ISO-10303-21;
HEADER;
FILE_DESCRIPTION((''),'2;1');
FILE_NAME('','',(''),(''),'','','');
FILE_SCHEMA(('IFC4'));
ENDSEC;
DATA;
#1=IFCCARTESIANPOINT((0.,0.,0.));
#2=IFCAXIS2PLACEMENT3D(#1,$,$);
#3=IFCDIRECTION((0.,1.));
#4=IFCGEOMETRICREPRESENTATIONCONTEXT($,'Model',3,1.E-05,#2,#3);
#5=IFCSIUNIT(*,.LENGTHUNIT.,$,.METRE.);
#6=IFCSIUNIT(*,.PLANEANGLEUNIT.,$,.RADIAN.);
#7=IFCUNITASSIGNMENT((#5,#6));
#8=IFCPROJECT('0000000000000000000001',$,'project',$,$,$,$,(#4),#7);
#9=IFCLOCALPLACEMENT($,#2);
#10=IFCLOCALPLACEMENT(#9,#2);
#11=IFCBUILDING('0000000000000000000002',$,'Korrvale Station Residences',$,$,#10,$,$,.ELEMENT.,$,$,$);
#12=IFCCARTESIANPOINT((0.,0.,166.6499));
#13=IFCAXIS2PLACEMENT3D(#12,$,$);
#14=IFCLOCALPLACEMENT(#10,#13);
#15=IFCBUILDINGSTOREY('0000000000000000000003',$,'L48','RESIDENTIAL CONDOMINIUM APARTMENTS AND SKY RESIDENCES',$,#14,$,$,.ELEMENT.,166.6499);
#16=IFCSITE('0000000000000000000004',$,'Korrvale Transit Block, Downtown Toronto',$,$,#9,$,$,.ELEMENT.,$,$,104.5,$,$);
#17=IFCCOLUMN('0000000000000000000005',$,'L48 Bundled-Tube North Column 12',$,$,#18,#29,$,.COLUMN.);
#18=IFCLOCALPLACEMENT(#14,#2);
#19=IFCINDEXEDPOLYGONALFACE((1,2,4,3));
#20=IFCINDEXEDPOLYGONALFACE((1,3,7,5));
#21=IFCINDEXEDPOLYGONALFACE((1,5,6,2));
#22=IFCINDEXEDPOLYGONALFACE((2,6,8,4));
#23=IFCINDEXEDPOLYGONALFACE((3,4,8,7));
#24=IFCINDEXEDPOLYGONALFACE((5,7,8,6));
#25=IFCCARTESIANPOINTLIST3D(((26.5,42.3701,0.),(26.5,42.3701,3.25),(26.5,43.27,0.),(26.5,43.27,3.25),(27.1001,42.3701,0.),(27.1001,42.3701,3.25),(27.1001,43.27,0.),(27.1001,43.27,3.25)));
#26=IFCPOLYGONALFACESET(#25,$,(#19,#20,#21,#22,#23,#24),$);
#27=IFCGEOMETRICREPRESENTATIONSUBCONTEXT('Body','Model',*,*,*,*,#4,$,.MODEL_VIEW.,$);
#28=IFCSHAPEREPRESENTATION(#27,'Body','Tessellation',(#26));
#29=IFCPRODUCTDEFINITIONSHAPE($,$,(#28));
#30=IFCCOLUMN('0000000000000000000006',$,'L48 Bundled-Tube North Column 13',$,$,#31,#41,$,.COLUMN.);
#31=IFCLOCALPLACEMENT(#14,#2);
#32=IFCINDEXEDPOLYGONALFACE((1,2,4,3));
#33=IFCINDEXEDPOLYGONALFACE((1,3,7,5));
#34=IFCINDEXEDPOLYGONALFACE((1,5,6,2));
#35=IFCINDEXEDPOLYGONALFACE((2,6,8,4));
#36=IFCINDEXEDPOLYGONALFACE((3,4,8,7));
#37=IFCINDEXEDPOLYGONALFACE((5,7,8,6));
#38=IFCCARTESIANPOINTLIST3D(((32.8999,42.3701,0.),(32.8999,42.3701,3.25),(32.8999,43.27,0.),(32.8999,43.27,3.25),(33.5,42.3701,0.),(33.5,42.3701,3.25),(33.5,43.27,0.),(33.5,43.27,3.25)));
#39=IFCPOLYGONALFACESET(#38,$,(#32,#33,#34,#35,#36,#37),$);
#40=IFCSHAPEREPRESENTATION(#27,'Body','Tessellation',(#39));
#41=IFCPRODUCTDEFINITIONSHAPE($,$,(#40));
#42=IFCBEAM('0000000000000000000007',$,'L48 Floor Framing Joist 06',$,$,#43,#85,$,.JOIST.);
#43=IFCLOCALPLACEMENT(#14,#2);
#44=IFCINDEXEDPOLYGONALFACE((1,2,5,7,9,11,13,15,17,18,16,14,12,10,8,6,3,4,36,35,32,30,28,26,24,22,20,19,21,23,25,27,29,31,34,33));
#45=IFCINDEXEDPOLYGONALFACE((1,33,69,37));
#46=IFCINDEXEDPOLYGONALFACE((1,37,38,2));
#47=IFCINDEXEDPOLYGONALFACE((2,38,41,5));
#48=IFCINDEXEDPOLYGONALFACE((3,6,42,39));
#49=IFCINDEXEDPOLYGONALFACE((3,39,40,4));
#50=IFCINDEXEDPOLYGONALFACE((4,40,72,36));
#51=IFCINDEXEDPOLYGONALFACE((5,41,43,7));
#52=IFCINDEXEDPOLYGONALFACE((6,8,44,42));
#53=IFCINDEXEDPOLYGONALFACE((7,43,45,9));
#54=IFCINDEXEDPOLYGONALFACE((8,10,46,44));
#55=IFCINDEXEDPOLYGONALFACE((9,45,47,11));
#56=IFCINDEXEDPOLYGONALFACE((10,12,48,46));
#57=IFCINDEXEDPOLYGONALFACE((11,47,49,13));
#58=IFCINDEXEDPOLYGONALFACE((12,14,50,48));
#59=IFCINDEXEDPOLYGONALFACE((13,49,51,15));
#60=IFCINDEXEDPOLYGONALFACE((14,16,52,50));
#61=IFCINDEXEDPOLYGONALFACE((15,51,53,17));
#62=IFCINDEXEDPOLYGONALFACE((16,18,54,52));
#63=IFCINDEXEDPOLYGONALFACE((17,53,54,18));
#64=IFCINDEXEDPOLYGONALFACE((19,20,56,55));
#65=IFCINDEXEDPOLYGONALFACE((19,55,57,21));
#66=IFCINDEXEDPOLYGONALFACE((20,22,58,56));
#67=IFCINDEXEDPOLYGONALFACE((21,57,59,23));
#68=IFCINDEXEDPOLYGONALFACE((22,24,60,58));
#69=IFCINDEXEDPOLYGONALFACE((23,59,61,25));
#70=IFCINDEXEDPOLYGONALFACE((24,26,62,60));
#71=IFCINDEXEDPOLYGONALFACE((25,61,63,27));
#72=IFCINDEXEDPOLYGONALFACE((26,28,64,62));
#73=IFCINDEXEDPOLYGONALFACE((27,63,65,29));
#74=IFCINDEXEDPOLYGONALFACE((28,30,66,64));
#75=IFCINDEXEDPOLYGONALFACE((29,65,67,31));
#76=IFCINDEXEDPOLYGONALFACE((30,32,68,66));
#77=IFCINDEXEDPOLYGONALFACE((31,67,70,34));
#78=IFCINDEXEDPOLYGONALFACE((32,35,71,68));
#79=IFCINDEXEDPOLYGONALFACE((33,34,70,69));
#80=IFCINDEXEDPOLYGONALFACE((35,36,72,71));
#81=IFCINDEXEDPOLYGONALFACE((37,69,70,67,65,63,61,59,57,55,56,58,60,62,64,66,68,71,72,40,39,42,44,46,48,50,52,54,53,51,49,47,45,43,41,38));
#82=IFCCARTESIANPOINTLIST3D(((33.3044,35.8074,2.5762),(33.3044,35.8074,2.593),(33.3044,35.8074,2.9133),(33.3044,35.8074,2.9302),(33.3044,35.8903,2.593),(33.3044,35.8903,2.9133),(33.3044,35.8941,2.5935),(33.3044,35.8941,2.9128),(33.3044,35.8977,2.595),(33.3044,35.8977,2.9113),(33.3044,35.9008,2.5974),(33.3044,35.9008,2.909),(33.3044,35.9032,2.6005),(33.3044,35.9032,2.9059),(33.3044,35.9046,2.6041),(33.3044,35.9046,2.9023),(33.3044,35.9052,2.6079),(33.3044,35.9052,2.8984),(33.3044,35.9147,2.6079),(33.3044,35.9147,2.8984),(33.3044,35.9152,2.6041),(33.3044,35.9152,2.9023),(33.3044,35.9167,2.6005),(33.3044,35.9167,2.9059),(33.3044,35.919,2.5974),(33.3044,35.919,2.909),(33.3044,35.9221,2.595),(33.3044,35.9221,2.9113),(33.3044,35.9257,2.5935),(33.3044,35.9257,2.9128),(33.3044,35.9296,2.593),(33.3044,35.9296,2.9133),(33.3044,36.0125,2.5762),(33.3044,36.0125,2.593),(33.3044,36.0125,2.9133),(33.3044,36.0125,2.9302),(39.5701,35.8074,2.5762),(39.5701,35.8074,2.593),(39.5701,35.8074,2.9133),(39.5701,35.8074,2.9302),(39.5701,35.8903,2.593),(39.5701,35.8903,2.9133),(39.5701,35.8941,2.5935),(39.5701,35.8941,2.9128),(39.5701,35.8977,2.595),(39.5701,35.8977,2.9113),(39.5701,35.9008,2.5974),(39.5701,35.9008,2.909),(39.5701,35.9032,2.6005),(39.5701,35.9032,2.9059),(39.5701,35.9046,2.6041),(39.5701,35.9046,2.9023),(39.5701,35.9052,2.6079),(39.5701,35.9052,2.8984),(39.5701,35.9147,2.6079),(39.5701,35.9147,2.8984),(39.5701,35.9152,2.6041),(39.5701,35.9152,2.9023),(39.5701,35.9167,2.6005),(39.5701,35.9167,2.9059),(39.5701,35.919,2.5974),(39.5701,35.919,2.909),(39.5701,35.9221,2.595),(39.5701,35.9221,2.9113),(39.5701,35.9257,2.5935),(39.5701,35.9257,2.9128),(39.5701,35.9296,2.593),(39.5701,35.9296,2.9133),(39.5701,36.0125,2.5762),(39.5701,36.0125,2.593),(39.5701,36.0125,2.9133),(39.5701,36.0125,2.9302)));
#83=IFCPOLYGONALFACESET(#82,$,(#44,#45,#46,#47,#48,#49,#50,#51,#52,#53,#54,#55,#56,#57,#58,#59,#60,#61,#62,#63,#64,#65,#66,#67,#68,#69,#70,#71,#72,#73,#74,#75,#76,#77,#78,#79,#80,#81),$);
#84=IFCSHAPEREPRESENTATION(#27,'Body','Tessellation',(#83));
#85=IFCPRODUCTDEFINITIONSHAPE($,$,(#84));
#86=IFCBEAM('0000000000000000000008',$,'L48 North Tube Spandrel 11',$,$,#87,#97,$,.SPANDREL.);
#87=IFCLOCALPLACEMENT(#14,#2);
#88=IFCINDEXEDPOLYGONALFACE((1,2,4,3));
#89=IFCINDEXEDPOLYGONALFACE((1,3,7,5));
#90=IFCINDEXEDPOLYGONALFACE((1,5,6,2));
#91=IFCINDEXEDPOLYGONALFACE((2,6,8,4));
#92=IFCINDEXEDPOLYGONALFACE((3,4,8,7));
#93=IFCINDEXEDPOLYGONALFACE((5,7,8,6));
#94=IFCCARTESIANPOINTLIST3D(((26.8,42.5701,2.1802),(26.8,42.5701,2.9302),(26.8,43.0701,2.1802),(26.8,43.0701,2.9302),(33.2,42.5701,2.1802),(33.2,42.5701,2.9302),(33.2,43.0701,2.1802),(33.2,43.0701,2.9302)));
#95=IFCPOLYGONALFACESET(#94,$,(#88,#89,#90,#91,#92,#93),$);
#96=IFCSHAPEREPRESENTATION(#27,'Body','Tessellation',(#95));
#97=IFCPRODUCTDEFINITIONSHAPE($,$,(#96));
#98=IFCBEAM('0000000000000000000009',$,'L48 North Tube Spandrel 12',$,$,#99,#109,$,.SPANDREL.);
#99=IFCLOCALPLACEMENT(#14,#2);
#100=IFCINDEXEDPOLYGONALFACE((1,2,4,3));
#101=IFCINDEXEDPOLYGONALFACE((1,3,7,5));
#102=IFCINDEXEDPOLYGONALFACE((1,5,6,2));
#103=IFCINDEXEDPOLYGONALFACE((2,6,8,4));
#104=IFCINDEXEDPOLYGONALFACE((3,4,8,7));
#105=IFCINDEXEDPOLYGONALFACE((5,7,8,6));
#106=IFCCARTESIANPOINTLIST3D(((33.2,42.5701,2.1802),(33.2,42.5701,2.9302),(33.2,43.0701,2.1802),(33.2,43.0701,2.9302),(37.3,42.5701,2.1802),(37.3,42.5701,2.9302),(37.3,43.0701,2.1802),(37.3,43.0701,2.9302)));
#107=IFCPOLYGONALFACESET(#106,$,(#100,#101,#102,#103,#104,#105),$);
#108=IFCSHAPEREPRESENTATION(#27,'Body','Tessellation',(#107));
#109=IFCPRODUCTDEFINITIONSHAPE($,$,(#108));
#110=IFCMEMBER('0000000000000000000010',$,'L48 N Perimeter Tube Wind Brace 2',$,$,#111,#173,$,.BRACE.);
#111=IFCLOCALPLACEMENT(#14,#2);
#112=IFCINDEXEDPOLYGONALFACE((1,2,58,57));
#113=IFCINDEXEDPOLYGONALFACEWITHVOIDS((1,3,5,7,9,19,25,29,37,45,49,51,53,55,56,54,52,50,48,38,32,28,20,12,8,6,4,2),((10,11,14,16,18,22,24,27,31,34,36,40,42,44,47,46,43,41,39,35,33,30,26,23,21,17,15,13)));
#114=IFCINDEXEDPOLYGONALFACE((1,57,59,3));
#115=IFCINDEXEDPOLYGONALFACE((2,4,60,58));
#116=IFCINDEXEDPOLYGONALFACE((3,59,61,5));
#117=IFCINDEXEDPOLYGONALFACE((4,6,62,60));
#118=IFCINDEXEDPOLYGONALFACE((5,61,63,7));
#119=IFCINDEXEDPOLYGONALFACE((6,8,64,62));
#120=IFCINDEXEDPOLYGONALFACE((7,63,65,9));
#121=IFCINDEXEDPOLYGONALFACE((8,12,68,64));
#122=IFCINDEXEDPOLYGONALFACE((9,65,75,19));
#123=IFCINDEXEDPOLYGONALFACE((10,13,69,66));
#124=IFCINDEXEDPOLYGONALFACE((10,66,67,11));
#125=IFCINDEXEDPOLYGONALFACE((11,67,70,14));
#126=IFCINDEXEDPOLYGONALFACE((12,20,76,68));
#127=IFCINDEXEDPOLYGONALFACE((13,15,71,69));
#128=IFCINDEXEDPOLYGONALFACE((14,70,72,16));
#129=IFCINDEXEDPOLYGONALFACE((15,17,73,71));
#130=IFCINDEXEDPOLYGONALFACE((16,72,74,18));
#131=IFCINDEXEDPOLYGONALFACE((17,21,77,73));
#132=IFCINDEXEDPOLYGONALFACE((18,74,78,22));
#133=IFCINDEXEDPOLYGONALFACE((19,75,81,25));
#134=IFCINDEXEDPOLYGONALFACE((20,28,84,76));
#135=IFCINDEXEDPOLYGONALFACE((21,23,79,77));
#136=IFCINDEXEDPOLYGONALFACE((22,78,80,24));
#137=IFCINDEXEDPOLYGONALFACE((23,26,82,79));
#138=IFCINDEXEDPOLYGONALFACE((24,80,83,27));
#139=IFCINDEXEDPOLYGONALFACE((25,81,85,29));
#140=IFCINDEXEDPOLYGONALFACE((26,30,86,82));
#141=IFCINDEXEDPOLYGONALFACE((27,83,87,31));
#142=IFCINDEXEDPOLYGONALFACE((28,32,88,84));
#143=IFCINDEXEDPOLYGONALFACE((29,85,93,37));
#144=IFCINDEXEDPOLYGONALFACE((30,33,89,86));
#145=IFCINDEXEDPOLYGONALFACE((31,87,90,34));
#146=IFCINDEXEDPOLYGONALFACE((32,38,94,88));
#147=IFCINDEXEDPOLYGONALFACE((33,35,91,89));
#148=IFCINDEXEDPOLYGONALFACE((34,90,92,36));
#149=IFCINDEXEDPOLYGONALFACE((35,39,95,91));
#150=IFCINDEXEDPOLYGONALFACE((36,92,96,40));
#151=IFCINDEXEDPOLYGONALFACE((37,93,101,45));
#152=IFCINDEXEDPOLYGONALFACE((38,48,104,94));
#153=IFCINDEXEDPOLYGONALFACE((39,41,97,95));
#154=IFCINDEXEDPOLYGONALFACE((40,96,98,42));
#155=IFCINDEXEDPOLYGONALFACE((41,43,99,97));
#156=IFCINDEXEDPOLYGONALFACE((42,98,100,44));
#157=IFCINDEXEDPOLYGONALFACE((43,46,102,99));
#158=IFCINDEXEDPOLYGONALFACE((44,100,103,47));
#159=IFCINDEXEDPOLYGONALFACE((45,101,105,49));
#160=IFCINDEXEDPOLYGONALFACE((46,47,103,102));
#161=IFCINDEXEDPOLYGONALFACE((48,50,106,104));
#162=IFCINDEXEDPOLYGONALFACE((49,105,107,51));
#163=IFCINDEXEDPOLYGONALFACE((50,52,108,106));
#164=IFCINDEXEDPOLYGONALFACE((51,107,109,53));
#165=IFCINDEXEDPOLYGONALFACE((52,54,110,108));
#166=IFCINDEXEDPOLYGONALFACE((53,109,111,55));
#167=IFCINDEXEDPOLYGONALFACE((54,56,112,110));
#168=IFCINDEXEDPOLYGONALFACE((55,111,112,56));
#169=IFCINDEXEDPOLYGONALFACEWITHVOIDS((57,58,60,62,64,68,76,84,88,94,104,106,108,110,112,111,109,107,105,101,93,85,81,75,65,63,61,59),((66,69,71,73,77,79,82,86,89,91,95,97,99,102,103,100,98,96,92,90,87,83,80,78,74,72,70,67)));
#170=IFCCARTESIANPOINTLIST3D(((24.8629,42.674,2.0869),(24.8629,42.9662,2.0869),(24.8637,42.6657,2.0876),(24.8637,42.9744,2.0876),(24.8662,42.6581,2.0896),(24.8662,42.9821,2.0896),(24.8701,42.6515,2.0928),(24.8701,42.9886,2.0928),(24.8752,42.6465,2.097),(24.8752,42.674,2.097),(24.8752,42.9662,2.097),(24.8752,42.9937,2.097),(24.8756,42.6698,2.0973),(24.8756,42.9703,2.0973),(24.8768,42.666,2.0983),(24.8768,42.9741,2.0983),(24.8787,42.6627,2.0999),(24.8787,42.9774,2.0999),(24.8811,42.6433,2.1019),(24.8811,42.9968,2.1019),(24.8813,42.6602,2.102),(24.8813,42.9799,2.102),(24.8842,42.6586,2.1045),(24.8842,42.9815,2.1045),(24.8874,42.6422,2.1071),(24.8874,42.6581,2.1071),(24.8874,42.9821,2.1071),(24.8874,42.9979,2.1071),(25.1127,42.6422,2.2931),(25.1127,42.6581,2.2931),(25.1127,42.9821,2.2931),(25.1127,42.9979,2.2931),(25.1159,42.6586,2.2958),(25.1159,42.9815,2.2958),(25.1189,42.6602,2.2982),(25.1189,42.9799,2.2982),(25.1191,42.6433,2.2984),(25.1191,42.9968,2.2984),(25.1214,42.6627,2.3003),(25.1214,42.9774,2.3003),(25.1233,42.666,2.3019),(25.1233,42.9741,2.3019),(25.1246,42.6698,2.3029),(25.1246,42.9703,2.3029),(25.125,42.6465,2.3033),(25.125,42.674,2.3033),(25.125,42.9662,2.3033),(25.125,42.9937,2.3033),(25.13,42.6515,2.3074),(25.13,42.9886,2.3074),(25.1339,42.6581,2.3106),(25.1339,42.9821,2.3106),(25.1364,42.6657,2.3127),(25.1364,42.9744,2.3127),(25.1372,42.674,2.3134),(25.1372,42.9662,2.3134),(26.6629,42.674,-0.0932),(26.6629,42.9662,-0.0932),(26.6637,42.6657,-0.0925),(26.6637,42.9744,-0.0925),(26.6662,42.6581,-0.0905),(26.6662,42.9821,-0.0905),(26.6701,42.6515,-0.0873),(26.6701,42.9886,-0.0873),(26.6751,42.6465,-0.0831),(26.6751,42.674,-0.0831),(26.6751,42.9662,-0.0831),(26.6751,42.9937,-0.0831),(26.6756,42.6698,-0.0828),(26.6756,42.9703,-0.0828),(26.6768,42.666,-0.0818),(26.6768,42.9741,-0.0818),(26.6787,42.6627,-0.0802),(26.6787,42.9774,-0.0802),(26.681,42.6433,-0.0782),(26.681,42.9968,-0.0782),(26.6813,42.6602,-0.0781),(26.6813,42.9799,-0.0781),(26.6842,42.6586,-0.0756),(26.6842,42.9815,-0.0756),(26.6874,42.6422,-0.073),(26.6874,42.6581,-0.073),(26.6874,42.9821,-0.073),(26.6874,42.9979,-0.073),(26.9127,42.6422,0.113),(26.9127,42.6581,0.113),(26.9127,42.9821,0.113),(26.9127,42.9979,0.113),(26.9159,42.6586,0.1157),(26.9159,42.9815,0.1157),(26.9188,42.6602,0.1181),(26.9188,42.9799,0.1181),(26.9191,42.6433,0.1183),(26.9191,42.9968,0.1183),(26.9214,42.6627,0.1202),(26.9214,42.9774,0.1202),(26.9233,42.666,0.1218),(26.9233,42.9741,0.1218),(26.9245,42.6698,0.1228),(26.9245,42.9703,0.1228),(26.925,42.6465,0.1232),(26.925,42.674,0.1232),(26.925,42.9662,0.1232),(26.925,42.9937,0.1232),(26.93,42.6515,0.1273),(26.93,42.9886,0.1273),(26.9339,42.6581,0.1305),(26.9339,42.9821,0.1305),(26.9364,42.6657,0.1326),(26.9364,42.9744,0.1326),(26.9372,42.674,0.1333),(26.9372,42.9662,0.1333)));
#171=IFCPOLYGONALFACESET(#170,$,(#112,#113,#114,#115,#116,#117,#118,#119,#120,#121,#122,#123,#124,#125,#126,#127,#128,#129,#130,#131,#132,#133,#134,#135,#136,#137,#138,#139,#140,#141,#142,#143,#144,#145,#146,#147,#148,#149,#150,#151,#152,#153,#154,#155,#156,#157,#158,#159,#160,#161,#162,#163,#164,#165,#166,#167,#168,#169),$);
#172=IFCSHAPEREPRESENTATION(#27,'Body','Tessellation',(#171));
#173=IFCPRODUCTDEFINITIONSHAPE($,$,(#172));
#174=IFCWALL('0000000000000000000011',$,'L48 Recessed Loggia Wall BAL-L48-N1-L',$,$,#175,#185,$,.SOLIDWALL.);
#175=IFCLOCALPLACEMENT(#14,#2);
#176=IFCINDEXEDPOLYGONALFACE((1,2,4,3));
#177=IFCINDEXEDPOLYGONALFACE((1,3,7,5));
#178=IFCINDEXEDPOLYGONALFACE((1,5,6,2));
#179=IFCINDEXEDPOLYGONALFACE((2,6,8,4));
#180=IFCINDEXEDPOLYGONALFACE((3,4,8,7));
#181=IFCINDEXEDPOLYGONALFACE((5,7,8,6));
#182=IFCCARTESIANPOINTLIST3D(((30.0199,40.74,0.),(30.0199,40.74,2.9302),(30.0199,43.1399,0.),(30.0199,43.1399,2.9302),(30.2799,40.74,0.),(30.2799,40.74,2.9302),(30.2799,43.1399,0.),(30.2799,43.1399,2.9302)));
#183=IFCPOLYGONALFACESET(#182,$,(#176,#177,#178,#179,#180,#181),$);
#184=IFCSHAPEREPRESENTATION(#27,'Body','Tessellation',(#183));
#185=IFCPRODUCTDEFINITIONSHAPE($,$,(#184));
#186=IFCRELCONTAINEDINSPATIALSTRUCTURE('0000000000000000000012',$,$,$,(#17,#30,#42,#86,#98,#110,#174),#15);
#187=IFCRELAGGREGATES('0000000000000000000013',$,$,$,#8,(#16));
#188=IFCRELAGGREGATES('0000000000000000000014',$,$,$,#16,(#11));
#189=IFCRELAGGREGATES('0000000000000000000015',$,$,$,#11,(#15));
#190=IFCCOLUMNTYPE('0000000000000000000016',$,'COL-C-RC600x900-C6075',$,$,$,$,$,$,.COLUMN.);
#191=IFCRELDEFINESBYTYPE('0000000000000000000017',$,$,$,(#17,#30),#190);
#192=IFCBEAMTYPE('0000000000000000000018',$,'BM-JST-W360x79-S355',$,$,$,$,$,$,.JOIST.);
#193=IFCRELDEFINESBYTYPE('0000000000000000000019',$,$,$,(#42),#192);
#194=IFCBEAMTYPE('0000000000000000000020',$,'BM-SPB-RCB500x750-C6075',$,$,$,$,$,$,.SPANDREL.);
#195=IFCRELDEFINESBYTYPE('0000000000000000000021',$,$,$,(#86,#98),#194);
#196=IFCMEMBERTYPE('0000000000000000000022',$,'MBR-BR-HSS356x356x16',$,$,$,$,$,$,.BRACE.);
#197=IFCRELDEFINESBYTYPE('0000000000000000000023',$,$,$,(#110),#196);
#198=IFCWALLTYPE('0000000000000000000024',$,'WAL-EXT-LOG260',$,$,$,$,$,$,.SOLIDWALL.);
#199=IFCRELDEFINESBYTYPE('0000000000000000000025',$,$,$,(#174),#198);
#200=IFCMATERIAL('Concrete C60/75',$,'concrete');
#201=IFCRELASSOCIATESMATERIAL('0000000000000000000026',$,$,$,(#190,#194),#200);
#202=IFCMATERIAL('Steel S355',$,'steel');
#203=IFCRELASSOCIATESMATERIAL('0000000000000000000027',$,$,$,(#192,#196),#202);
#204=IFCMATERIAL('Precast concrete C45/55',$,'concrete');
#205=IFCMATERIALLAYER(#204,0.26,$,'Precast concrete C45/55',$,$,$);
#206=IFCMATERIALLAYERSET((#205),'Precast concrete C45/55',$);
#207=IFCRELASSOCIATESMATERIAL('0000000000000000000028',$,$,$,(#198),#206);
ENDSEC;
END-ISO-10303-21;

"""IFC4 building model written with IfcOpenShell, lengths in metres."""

from ifc_helpers import new_model, si_unit, direction, frame, frame_2d, origin, origin_2d, place, context, subcontext, project, spatial, rectangle, hollow_rectangle, i_section, extrude, material, layer, layer_set, material_profile, profile_set, type_object, element, save


model = new_model("IFC4")

# Units and contexts
model_context = context("Model", 3, precision=1e-05, world=origin(), true_north=direction((0.0, 1.0)))
body_context = subcontext(model_context, "Body", "Model", "MODEL_VIEW")
ifc_project = project(units=[si_unit("LENGTHUNIT", "METRE"), si_unit("PLANEANGLEUNIT", "RADIAN")], contexts=[model_context])

# Site, building, storey
site_placement = place(None, origin())
site = spatial("IfcSite", under=ifc_project, at=site_placement, Name="Korrvale Transit Block, Downtown Toronto", CompositionType="ELEMENT", RefElevation=104.5)
building_placement = place(site_placement, origin())
building = spatial("IfcBuilding", under=site, at=building_placement, Name="Korrvale Station Residences", CompositionType="ELEMENT")
storey_placement = place(building_placement, frame((0.0, 0.0, 166.6499)))
storey = spatial("IfcBuildingStorey", under=building, at=storey_placement, Name="L48", Description="RESIDENTIAL CONDOMINIUM APARTMENTS AND SKY RESIDENCES", CompositionType="ELEMENT", Elevation=166.6499)

# Columns
ifc_material_1 = material(Name="Concrete C60/75", Category="concrete")
ifc_material_profile_1 = material_profile(ifc_material_1, rectangle(XDim=0.6001, YDim=0.8999, at=origin_2d()), Name="RC600x900")
ifc_profile_set_1 = profile_set([ifc_material_profile_1], Name="Concrete C60/75")
column_type = type_object("IfcColumnType", Name="COL-C-RC600x900-C6075", PredefinedType="COLUMN", material=ifc_profile_set_1)
for number, where, z_axis, x_axis, name in (
    (1, (26.8, 42.8201, 0.0), (0.0, 0.0, 1.0), (1.0, 0.0, 0.0), "L48 Bundled-Tube North Column 12"),
    (2, (33.2, 42.8201, 0.0), (0.0, 0.0, 1.0), (1.0, 0.0, 0.0), "L48 Bundled-Tube North Column 13"),
):
    element("IfcColumn", number, at=place(storey_placement, frame(where, z_axis=z_axis, x_axis=x_axis)), inside=storey, type_object=column_type, Name=name, PredefinedType="COLUMN", context=body_context, shape_type="SweptSolid", body=[
        extrude(rectangle(XDim=0.6001, YDim=0.8999, at=origin_2d()), origin(), (0.0, 0.0, 1.0), 3.25),
    ])

# Beams
ifc_material_2 = material(Name="Steel S355", Category="steel")
ifc_material_profile_2 = material_profile(ifc_material_2, i_section(OverallWidth=0.2051, OverallDepth=0.354, WebThickness=0.0095, FlangeThickness=0.0168, FilletRadius=0.0149, at=origin_2d()), Name="W360x79")
ifc_profile_set_2 = profile_set([ifc_material_profile_2], Name="Steel S355")
beam_type_1 = type_object("IfcBeamType", Name="BM-JST-W360x79-S355", PredefinedType="JOIST", material=ifc_profile_set_2)
beam_1_placement = place(storey_placement, frame((33.3044, 35.9099, 2.7532), z_axis=(1.0, 0.0, 0.0), x_axis=(0.0, 1.0, 0.0)))
element("IfcBeam", 3, at=beam_1_placement, inside=storey, type_object=beam_type_1, Name="L48 Floor Framing Joist 06", PredefinedType="JOIST", context=body_context, shape_type="SweptSolid", body=[
    extrude(i_section(OverallWidth=0.2051, OverallDepth=0.354, WebThickness=0.0095, FlangeThickness=0.0168, FilletRadius=0.0149, at=origin_2d()), origin(), (0.0, 0.0, 1.0), 6.2656),
])
ifc_material_profile_3 = material_profile(ifc_material_1, rectangle(XDim=0.5, YDim=0.75, at=origin_2d()), Name="RCB500x750")
ifc_profile_set_3 = profile_set([ifc_material_profile_3], Name="Concrete C60/75")
beam_type_2 = type_object("IfcBeamType", Name="BM-SPB-RCB500x750-C6075", PredefinedType="SPANDREL", material=ifc_profile_set_3)
beam_2_placement = place(storey_placement, frame((26.8, 42.8201, 2.5552), z_axis=(1.0, 0.0, 0.0), x_axis=(0.0, 1.0, 0.0)))
element("IfcBeam", 4, at=beam_2_placement, inside=storey, type_object=beam_type_2, Name="L48 North Tube Spandrel 11", PredefinedType="SPANDREL", context=body_context, shape_type="SweptSolid", body=[
    extrude(rectangle(XDim=0.5, YDim=0.75, at=origin_2d()), origin(), (0.0, 0.0, 1.0), 6.3999),
])
beam_3_placement = place(storey_placement, frame((33.2, 42.8201, 2.5552), z_axis=(1.0, 0.0, 0.0), x_axis=(0.0, 1.0, 0.0)))
element("IfcBeam", 5, at=beam_3_placement, inside=storey, type_object=beam_type_2, Name="L48 North Tube Spandrel 12", PredefinedType="SPANDREL", context=body_context, shape_type="SweptSolid", body=[
    extrude(rectangle(XDim=0.5, YDim=0.75, at=origin_2d()), origin(), (0.0, 0.0, 1.0), 4.1001),
])

# Member
ifc_material_profile_4 = material_profile(ifc_material_2, hollow_rectangle(XDim=0.3557, YDim=0.3557, WallThickness=0.0159, InnerFilletRadius=0.0159, OuterFilletRadius=0.0317, at=origin_2d()), Name="HSS356x356x16")
ifc_profile_set_4 = profile_set([ifc_material_profile_4], Name="Steel S355")
member_type = type_object("IfcMemberType", Name="MBR-BR-HSS356x356x16", PredefinedType="BRACE", material=ifc_profile_set_4)
member_placement = place(storey_placement, frame((26.8, 42.8201, 0.02), z_axis=(-0.636678, 0.0, 0.771129), x_axis=(0.0, -1.0, 0.0)))
element("IfcMember", 6, at=member_placement, inside=storey, type_object=member_type, Name="L48 N Perimeter Tube Wind Brace 2", PredefinedType="BRACE", context=body_context, shape_type="SweptSolid", body=[
    extrude(hollow_rectangle(XDim=0.3557, YDim=0.3557, WallThickness=0.0159, InnerFilletRadius=0.0159, OuterFilletRadius=0.0317, at=origin_2d()), origin(), (0.0, 0.0, 1.0), 2.8271),
])

# Wall
ifc_material_3 = material(Name="Precast concrete C45/55", Category="concrete")
ifc_layer_1 = layer(ifc_material_3, 0.26, Name="Precast concrete C45/55")
ifc_layer_set_1 = layer_set([ifc_layer_1], Name="Precast concrete C45/55")
wall_type_1 = type_object("IfcWallType", Name="WAL-EXT-LOG260", PredefinedType="SOLIDWALL", material=ifc_layer_set_1)
wall_1_placement = place(storey_placement, frame((30.1499, 43.1399, 0.0), z_axis=(0.0, 0.0, 1.0), x_axis=(0.0, -1.0, 0.0)))
element("IfcWall", 7, at=wall_1_placement, inside=storey, type_object=wall_type_1, Name="L48 Recessed Loggia Wall BAL-L48-N1-L", PredefinedType="SOLIDWALL", context=body_context, shape_type="SweptSolid", body=[
    extrude(rectangle(XDim=2.3999, YDim=0.26, at=frame_2d((1.2, 0.0))), origin(), (0.0, 0.0, 1.0), 2.9302),
])

save(model, "model.ifc")
